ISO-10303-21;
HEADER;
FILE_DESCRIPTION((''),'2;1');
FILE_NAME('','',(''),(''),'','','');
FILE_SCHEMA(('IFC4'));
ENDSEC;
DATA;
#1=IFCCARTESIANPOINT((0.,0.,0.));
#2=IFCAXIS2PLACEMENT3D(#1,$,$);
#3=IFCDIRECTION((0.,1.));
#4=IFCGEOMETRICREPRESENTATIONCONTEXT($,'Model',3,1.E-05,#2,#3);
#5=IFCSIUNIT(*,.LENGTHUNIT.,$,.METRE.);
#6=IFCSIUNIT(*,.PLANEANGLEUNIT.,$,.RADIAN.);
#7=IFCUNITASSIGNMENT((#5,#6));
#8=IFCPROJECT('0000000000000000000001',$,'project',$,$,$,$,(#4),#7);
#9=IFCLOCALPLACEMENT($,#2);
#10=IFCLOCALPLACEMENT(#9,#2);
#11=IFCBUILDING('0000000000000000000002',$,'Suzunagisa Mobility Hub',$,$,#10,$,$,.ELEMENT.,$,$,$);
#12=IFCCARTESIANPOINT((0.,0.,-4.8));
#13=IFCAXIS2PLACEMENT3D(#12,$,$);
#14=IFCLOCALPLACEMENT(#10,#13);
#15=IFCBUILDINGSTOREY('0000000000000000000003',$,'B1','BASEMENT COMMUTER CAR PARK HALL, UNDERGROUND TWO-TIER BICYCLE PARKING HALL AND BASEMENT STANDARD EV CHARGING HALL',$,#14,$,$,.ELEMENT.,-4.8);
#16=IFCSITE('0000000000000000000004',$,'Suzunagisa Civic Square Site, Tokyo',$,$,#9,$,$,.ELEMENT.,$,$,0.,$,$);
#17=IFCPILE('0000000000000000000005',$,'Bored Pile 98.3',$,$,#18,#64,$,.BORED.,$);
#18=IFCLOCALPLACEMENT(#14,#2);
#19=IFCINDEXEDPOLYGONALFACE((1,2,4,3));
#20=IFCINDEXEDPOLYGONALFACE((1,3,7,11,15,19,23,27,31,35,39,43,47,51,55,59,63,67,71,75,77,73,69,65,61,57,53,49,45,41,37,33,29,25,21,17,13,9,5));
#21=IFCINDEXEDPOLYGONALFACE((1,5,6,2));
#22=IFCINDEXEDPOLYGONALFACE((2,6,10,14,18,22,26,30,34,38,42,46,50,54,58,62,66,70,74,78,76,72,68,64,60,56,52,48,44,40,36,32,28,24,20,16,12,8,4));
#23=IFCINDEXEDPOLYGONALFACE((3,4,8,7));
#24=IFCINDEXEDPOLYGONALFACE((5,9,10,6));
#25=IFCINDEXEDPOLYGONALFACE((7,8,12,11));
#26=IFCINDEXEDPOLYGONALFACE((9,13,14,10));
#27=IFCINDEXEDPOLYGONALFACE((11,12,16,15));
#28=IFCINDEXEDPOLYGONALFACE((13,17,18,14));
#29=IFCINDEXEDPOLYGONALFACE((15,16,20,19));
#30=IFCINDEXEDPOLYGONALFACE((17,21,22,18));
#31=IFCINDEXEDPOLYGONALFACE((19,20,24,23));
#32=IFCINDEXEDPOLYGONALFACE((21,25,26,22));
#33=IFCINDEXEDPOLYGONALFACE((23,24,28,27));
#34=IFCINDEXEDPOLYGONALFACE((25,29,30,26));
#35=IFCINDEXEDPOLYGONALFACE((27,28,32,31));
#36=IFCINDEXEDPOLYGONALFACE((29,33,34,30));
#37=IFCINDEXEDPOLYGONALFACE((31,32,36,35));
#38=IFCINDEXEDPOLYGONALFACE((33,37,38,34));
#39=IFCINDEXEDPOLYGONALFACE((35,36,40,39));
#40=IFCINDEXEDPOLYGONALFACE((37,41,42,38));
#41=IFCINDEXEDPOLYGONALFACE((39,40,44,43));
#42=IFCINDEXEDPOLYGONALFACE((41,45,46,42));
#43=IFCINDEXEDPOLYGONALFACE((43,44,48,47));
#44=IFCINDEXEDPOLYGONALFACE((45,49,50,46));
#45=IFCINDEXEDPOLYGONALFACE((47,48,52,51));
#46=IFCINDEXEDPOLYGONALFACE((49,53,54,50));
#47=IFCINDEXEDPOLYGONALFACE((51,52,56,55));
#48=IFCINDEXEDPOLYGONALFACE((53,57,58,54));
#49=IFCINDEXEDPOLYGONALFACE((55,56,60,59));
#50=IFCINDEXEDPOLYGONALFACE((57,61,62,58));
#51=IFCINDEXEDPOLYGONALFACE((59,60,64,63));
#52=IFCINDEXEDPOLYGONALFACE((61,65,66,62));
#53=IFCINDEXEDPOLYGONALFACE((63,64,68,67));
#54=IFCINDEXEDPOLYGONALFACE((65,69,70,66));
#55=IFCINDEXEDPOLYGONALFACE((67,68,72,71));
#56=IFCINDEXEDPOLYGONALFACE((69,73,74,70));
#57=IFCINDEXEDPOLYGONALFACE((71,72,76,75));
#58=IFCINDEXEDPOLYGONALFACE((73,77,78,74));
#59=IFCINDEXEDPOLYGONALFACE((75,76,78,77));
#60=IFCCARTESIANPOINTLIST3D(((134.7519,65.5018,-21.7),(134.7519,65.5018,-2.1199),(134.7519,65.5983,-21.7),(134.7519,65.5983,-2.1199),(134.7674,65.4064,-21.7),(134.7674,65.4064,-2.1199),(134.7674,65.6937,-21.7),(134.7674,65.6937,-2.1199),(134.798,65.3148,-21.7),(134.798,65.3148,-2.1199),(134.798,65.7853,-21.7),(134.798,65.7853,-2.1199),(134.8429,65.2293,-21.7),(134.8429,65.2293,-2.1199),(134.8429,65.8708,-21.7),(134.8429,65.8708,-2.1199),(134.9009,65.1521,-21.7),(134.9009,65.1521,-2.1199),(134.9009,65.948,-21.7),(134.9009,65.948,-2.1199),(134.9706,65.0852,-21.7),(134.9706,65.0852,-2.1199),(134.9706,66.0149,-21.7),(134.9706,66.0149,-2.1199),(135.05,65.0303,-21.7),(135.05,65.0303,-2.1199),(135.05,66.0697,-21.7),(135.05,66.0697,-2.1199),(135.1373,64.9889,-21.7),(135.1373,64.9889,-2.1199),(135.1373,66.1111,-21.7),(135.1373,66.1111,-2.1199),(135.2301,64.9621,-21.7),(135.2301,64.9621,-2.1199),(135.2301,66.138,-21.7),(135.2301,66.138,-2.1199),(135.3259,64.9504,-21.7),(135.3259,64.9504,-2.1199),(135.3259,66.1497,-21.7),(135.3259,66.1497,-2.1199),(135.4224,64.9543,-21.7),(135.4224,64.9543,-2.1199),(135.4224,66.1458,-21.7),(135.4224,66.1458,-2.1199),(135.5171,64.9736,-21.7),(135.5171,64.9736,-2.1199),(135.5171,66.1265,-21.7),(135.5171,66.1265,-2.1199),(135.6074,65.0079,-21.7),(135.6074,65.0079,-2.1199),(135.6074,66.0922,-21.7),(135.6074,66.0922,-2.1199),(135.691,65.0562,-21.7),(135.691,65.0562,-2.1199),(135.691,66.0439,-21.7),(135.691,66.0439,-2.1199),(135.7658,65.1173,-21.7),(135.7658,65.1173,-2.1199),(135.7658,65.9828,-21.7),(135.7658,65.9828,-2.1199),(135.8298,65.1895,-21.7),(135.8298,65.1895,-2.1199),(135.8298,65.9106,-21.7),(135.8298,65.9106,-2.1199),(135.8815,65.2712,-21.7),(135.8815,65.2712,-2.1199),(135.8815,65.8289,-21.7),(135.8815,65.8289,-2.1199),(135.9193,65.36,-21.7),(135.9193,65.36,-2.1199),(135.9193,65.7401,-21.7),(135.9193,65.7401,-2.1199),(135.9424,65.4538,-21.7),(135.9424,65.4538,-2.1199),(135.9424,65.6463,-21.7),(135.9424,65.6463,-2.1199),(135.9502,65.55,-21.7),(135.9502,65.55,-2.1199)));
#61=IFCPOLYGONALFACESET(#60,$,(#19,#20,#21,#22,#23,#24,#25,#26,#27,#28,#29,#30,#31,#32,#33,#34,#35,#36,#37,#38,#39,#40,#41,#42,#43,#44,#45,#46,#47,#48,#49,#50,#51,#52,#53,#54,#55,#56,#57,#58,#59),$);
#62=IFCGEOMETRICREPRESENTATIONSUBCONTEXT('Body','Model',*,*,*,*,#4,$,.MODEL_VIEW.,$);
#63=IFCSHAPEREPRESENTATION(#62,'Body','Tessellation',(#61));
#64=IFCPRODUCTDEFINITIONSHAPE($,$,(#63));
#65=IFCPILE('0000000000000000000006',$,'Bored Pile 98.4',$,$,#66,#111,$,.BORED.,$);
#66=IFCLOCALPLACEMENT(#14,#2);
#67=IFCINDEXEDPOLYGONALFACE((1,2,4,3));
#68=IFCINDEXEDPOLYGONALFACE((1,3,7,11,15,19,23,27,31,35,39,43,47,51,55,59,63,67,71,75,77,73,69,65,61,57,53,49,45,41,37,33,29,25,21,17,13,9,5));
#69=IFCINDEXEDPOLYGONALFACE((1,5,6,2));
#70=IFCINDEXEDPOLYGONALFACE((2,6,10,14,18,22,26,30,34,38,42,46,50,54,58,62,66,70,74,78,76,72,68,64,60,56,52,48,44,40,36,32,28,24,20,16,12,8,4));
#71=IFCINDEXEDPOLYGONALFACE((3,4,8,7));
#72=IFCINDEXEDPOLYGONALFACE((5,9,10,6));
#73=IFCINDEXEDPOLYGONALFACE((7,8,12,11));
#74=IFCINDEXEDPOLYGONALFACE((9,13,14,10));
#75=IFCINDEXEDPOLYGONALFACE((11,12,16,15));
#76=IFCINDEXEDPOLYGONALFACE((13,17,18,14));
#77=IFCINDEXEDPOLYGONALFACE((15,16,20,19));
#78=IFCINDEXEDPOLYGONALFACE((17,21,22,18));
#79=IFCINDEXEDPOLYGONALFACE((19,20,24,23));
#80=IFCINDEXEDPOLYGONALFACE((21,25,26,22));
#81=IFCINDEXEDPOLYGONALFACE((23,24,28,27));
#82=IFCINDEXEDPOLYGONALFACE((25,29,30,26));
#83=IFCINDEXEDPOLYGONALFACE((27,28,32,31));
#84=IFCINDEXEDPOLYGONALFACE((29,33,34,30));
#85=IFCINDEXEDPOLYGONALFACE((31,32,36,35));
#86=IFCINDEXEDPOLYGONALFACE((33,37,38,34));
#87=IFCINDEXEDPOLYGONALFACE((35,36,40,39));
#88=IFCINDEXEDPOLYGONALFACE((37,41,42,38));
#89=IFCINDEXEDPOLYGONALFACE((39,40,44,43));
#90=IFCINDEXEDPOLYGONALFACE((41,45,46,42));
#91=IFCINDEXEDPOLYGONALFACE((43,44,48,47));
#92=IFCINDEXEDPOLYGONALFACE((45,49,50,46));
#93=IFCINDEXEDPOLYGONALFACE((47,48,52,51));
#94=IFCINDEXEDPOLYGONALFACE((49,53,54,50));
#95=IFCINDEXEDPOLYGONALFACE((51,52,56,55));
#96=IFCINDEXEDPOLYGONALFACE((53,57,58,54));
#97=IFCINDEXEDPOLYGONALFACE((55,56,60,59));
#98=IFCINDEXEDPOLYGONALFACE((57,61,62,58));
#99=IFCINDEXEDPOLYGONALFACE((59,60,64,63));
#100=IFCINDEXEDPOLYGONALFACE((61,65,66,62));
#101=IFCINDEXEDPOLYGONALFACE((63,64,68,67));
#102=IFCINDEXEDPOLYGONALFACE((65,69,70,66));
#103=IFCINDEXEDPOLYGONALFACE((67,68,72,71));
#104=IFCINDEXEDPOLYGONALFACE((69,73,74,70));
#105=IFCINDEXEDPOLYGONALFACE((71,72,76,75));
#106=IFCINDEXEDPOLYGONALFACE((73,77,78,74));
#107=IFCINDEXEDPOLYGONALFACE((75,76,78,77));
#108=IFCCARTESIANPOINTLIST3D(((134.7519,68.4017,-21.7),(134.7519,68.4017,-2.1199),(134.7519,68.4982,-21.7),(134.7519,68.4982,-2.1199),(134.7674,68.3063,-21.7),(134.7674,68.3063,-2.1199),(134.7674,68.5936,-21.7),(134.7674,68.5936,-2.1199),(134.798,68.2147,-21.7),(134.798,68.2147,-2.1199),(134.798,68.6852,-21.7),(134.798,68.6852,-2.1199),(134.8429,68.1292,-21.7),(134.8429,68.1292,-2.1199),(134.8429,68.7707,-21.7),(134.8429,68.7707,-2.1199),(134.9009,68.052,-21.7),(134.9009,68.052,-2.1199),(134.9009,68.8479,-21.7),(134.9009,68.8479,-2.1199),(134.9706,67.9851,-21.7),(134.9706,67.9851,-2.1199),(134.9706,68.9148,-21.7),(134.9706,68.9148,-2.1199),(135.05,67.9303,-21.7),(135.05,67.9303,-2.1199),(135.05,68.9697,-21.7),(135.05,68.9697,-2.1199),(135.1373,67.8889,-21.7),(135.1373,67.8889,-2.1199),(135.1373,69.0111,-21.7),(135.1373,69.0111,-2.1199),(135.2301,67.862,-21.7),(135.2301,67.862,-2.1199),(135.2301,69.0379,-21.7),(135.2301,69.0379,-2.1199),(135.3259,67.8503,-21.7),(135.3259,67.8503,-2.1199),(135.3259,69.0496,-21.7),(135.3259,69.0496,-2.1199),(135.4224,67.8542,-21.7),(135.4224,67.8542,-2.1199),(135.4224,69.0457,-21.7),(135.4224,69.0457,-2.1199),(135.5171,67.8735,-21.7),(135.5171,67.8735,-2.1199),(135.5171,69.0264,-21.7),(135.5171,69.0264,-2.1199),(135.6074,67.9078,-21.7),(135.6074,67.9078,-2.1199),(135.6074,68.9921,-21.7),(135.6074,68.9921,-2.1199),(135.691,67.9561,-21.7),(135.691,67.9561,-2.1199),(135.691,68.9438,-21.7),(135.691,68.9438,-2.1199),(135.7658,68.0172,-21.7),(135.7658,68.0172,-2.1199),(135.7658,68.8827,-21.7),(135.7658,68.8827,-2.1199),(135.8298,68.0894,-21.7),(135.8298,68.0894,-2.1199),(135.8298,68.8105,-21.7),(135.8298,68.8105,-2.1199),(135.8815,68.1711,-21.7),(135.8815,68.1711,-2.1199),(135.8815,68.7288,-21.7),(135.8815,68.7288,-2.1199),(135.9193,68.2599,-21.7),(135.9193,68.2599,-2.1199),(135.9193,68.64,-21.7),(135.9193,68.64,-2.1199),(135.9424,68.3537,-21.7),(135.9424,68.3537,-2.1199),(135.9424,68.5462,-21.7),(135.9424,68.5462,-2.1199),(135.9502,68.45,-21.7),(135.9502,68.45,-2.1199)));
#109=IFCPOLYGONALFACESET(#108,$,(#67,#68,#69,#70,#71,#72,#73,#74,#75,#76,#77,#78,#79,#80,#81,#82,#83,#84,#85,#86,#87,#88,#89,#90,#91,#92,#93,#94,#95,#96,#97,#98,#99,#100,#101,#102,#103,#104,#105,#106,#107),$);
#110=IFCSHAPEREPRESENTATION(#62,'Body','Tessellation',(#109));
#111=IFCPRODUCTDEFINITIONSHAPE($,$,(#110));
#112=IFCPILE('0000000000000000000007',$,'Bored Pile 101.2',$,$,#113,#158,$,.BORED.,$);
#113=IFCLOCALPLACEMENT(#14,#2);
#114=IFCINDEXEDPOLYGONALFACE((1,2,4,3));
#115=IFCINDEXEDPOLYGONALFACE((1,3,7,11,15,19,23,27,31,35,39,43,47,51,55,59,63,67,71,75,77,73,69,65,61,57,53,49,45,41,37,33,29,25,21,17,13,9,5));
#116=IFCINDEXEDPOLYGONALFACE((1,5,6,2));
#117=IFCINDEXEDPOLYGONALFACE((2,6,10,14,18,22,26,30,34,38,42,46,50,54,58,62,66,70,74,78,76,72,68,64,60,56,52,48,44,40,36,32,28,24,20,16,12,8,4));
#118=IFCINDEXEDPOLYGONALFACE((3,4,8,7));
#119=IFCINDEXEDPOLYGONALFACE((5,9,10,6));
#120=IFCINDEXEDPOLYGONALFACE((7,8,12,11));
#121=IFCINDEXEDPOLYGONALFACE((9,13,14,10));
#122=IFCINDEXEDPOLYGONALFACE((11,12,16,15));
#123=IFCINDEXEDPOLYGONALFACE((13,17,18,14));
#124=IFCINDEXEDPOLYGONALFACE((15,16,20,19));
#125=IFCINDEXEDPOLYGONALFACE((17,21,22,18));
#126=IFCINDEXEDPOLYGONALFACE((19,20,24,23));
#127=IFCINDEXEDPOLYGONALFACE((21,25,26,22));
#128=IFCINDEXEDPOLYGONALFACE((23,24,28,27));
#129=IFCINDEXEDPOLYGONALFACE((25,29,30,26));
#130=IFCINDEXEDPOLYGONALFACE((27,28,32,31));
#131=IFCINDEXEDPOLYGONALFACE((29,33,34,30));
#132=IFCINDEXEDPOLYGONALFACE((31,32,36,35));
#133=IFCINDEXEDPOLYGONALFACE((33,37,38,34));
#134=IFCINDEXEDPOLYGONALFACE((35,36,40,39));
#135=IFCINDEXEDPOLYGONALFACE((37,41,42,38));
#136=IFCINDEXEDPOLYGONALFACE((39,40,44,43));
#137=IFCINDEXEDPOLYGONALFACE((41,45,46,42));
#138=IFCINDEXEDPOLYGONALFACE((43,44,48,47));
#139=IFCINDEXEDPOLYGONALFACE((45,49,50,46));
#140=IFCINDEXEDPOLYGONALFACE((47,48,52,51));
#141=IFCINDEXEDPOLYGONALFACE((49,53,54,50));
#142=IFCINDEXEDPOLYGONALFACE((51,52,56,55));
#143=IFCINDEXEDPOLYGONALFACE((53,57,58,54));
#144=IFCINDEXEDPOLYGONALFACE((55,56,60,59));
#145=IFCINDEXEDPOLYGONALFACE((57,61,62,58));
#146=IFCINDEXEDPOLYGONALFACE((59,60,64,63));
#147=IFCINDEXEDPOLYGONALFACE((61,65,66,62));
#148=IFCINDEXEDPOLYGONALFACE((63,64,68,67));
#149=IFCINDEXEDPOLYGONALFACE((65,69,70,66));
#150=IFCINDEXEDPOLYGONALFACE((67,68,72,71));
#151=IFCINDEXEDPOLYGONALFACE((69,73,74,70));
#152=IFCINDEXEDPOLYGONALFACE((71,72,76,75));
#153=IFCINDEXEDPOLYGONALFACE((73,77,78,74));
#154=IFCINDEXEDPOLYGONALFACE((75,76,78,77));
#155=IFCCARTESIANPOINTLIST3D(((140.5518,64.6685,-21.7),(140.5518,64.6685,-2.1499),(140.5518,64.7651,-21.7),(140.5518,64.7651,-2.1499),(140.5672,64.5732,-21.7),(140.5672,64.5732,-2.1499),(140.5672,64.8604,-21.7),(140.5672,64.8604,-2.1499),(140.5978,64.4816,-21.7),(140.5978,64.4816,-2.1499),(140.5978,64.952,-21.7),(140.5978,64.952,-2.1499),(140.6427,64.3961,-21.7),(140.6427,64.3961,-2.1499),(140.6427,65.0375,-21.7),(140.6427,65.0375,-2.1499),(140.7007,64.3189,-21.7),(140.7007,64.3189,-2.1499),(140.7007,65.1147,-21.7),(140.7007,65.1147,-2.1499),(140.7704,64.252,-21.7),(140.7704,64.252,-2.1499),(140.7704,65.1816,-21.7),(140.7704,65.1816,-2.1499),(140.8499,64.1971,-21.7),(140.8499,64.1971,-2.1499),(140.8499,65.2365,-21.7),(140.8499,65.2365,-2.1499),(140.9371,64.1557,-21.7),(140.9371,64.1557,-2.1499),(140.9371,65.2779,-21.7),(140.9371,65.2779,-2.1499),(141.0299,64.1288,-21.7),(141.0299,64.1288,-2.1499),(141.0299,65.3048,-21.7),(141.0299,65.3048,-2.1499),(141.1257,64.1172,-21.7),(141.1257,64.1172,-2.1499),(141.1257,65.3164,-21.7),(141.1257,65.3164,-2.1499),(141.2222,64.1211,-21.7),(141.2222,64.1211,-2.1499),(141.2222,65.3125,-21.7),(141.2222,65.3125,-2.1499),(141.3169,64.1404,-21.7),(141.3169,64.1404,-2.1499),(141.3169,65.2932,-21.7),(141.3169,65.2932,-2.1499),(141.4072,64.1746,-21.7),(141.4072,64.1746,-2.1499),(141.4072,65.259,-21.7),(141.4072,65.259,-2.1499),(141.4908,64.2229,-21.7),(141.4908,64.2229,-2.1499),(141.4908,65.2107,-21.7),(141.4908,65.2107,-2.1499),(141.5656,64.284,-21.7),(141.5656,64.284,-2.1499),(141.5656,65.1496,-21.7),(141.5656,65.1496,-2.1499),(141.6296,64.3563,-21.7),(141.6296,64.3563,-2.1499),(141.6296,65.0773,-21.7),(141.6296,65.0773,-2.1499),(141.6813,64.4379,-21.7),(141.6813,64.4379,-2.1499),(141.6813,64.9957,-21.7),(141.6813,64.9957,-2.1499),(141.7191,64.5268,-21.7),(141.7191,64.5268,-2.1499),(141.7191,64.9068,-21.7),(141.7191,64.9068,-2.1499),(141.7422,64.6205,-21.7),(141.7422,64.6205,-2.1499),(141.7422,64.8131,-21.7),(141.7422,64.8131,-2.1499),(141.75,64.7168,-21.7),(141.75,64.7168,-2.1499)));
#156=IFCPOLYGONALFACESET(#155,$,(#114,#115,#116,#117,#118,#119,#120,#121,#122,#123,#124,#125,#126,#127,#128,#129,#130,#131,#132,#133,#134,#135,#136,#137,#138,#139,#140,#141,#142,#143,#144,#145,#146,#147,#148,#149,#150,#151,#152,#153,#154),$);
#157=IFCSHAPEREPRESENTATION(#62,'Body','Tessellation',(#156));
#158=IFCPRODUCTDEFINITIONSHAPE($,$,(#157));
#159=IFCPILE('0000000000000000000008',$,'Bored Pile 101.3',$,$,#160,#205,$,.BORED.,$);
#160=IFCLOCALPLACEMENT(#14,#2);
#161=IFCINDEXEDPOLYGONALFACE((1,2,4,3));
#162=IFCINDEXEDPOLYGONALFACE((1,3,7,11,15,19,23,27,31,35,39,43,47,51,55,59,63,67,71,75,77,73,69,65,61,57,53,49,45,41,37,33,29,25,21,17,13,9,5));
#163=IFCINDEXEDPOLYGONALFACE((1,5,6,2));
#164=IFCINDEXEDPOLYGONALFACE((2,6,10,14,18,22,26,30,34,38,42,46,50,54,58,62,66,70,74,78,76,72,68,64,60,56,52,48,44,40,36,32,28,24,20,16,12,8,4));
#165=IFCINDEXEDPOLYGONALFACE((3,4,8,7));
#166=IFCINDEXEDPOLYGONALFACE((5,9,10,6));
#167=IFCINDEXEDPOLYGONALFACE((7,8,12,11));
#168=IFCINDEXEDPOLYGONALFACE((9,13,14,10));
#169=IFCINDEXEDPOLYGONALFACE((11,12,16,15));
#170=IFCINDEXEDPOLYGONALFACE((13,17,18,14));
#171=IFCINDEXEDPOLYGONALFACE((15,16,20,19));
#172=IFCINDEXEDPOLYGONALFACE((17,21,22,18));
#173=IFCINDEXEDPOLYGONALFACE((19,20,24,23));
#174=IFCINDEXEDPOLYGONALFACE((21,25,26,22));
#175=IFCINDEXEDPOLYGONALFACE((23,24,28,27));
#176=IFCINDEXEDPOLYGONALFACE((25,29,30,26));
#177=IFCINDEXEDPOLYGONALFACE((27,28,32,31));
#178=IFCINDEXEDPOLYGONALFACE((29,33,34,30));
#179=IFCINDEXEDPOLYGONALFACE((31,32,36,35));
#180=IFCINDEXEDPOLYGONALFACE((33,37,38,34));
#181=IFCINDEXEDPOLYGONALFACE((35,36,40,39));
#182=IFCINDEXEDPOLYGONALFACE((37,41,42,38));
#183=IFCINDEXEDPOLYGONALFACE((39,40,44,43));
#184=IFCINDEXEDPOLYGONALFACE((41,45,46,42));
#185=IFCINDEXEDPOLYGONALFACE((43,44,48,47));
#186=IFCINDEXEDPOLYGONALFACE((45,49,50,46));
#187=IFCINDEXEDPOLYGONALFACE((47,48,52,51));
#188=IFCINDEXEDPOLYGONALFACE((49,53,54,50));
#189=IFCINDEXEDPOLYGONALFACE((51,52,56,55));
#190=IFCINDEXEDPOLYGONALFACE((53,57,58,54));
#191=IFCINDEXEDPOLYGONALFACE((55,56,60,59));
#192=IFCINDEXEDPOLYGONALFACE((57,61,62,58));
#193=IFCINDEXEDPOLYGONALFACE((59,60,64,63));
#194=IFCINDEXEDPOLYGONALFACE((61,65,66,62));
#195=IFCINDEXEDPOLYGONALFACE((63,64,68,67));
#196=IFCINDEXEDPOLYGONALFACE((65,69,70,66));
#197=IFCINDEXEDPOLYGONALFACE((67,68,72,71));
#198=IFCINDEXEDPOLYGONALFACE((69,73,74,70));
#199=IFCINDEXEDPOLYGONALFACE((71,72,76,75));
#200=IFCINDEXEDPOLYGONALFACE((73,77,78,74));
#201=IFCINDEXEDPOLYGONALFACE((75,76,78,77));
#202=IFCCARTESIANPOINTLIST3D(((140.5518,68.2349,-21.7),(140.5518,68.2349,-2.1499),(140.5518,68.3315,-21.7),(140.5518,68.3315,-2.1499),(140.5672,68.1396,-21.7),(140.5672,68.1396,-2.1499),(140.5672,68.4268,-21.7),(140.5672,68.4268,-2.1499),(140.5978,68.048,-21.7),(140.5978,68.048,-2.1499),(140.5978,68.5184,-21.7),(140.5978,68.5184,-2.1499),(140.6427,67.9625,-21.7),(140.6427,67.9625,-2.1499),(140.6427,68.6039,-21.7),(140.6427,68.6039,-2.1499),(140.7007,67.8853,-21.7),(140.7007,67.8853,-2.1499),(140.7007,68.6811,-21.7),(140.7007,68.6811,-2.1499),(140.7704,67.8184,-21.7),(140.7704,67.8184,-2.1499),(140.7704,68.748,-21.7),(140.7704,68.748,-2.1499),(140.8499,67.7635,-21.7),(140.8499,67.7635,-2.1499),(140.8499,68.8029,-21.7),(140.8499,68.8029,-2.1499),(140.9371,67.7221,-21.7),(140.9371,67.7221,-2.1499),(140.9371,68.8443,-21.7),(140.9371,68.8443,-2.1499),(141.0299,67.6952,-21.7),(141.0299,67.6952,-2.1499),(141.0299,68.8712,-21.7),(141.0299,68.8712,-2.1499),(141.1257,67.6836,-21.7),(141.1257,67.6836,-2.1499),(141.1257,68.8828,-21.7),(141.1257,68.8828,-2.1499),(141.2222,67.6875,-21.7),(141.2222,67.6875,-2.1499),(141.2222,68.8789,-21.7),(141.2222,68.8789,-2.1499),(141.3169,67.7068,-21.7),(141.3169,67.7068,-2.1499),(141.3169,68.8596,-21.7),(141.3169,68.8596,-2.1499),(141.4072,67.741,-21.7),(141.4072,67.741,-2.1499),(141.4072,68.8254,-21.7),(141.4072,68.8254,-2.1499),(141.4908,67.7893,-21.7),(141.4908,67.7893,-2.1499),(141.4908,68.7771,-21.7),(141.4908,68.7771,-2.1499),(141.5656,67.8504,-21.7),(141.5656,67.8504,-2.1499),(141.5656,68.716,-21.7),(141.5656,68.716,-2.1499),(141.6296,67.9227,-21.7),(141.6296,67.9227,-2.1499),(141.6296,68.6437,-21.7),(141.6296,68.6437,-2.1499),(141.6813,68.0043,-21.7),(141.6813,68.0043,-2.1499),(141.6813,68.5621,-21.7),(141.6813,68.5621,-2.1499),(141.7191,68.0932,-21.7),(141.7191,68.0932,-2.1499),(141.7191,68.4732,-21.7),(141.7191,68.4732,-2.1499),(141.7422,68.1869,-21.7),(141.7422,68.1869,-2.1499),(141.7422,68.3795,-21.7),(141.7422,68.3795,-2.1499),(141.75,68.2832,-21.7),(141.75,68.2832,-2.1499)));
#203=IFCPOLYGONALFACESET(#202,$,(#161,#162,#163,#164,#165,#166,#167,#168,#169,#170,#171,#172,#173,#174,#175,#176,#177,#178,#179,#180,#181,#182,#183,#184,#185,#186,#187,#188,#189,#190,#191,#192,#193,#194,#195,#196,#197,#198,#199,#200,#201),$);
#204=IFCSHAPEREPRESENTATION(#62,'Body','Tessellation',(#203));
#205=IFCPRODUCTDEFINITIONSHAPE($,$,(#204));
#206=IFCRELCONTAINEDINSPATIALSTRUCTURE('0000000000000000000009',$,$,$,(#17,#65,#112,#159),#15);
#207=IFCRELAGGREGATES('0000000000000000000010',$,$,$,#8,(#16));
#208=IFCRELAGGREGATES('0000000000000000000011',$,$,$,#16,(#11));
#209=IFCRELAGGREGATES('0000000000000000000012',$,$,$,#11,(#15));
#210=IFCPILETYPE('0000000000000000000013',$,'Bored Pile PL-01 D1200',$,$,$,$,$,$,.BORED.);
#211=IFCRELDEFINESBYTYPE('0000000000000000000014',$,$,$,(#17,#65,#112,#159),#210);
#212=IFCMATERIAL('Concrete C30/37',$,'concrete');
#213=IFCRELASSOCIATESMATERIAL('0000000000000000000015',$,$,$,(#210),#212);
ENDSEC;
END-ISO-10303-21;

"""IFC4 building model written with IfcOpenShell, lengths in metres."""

from ifc_helpers import new_model, si_unit, direction, frame, origin, origin_2d, place, context, subcontext, project, spatial, circle, extrude, material, material_profile, profile_set, type_object, element, save


model = new_model("IFC4")

# Units and contexts
model_context = context("Model", 3, precision=1e-05, world=origin(), true_north=direction((0.0, 1.0)))
body_context = subcontext(model_context, "Body", "Model", "MODEL_VIEW")
ifc_project = project(units=[si_unit("LENGTHUNIT", "METRE"), si_unit("PLANEANGLEUNIT", "RADIAN")], contexts=[model_context])

# Site, building, storey
site_placement = place(None, origin())
site = spatial("IfcSite", under=ifc_project, at=site_placement, Name="Suzunagisa Civic Square Site, Tokyo", CompositionType="ELEMENT", RefElevation=0.0)
building_placement = place(site_placement, origin())
building = spatial("IfcBuilding", under=site, at=building_placement, Name="Suzunagisa Mobility Hub", CompositionType="ELEMENT")
storey_placement = place(building_placement, frame((0.0, 0.0, -4.8)))
storey = spatial("IfcBuildingStorey", under=building, at=storey_placement, Name="B1", Description="BASEMENT COMMUTER CAR PARK HALL, UNDERGROUND TWO-TIER BICYCLE PARKING HALL AND BASEMENT STANDARD EV CHARGING HALL", CompositionType="ELEMENT", Elevation=-4.8)

# Piles
ifc_material_1 = material(Name="Concrete C30/37", Category="concrete")
ifc_material_profile_1 = material_profile(ifc_material_1, circle(Radius=0.6001, at=origin_2d()), Name="BORED PILE D1200")
ifc_profile_set_1 = profile_set([ifc_material_profile_1], Name="Concrete C30/37")
pile_type = type_object("IfcPileType", Name="Bored Pile PL-01 D1200", PredefinedType="BORED", material=ifc_profile_set_1)
for number, where, z_axis, x_axis, name in (
    (1, (135.3501, 65.55, -2.1199), (0.0, 0.0, -1.0), (1.0, 0.0, 0.0), "Bored Pile 98.3"),
    (2, (135.3501, 68.45, -2.1199), (0.0, 0.0, -1.0), (1.0, 0.0, 0.0), "Bored Pile 98.4"),
):
    element("IfcPile", number, at=place(storey_placement, frame(where, z_axis=z_axis, x_axis=x_axis)), inside=storey, type_object=pile_type, Name=name, PredefinedType="BORED", context=body_context, shape_type="SweptSolid", body=[
        extrude(circle(Radius=0.6001, at=origin_2d()), origin(), (0.0, 0.0, 1.0), 19.5801),
    ])
for number, where, z_axis, x_axis, name in (
    (3, (141.1499, 64.7168, -2.1499), (0.0, 0.0, -1.0), (1.0, 0.0, 0.0), "Bored Pile 101.2"),
    (4, (141.1499, 68.2832, -2.1499), (0.0, 0.0, -1.0), (1.0, 0.0, 0.0), "Bored Pile 101.3"),
):
    element("IfcPile", number, at=place(storey_placement, frame(where, z_axis=z_axis, x_axis=x_axis)), inside=storey, type_object=pile_type, Name=name, PredefinedType="BORED", context=body_context, shape_type="SweptSolid", body=[
        extrude(circle(Radius=0.6001, at=origin_2d()), origin(), (0.0, 0.0, 1.0), 19.55),
    ])

save(model, "model.ifc")
